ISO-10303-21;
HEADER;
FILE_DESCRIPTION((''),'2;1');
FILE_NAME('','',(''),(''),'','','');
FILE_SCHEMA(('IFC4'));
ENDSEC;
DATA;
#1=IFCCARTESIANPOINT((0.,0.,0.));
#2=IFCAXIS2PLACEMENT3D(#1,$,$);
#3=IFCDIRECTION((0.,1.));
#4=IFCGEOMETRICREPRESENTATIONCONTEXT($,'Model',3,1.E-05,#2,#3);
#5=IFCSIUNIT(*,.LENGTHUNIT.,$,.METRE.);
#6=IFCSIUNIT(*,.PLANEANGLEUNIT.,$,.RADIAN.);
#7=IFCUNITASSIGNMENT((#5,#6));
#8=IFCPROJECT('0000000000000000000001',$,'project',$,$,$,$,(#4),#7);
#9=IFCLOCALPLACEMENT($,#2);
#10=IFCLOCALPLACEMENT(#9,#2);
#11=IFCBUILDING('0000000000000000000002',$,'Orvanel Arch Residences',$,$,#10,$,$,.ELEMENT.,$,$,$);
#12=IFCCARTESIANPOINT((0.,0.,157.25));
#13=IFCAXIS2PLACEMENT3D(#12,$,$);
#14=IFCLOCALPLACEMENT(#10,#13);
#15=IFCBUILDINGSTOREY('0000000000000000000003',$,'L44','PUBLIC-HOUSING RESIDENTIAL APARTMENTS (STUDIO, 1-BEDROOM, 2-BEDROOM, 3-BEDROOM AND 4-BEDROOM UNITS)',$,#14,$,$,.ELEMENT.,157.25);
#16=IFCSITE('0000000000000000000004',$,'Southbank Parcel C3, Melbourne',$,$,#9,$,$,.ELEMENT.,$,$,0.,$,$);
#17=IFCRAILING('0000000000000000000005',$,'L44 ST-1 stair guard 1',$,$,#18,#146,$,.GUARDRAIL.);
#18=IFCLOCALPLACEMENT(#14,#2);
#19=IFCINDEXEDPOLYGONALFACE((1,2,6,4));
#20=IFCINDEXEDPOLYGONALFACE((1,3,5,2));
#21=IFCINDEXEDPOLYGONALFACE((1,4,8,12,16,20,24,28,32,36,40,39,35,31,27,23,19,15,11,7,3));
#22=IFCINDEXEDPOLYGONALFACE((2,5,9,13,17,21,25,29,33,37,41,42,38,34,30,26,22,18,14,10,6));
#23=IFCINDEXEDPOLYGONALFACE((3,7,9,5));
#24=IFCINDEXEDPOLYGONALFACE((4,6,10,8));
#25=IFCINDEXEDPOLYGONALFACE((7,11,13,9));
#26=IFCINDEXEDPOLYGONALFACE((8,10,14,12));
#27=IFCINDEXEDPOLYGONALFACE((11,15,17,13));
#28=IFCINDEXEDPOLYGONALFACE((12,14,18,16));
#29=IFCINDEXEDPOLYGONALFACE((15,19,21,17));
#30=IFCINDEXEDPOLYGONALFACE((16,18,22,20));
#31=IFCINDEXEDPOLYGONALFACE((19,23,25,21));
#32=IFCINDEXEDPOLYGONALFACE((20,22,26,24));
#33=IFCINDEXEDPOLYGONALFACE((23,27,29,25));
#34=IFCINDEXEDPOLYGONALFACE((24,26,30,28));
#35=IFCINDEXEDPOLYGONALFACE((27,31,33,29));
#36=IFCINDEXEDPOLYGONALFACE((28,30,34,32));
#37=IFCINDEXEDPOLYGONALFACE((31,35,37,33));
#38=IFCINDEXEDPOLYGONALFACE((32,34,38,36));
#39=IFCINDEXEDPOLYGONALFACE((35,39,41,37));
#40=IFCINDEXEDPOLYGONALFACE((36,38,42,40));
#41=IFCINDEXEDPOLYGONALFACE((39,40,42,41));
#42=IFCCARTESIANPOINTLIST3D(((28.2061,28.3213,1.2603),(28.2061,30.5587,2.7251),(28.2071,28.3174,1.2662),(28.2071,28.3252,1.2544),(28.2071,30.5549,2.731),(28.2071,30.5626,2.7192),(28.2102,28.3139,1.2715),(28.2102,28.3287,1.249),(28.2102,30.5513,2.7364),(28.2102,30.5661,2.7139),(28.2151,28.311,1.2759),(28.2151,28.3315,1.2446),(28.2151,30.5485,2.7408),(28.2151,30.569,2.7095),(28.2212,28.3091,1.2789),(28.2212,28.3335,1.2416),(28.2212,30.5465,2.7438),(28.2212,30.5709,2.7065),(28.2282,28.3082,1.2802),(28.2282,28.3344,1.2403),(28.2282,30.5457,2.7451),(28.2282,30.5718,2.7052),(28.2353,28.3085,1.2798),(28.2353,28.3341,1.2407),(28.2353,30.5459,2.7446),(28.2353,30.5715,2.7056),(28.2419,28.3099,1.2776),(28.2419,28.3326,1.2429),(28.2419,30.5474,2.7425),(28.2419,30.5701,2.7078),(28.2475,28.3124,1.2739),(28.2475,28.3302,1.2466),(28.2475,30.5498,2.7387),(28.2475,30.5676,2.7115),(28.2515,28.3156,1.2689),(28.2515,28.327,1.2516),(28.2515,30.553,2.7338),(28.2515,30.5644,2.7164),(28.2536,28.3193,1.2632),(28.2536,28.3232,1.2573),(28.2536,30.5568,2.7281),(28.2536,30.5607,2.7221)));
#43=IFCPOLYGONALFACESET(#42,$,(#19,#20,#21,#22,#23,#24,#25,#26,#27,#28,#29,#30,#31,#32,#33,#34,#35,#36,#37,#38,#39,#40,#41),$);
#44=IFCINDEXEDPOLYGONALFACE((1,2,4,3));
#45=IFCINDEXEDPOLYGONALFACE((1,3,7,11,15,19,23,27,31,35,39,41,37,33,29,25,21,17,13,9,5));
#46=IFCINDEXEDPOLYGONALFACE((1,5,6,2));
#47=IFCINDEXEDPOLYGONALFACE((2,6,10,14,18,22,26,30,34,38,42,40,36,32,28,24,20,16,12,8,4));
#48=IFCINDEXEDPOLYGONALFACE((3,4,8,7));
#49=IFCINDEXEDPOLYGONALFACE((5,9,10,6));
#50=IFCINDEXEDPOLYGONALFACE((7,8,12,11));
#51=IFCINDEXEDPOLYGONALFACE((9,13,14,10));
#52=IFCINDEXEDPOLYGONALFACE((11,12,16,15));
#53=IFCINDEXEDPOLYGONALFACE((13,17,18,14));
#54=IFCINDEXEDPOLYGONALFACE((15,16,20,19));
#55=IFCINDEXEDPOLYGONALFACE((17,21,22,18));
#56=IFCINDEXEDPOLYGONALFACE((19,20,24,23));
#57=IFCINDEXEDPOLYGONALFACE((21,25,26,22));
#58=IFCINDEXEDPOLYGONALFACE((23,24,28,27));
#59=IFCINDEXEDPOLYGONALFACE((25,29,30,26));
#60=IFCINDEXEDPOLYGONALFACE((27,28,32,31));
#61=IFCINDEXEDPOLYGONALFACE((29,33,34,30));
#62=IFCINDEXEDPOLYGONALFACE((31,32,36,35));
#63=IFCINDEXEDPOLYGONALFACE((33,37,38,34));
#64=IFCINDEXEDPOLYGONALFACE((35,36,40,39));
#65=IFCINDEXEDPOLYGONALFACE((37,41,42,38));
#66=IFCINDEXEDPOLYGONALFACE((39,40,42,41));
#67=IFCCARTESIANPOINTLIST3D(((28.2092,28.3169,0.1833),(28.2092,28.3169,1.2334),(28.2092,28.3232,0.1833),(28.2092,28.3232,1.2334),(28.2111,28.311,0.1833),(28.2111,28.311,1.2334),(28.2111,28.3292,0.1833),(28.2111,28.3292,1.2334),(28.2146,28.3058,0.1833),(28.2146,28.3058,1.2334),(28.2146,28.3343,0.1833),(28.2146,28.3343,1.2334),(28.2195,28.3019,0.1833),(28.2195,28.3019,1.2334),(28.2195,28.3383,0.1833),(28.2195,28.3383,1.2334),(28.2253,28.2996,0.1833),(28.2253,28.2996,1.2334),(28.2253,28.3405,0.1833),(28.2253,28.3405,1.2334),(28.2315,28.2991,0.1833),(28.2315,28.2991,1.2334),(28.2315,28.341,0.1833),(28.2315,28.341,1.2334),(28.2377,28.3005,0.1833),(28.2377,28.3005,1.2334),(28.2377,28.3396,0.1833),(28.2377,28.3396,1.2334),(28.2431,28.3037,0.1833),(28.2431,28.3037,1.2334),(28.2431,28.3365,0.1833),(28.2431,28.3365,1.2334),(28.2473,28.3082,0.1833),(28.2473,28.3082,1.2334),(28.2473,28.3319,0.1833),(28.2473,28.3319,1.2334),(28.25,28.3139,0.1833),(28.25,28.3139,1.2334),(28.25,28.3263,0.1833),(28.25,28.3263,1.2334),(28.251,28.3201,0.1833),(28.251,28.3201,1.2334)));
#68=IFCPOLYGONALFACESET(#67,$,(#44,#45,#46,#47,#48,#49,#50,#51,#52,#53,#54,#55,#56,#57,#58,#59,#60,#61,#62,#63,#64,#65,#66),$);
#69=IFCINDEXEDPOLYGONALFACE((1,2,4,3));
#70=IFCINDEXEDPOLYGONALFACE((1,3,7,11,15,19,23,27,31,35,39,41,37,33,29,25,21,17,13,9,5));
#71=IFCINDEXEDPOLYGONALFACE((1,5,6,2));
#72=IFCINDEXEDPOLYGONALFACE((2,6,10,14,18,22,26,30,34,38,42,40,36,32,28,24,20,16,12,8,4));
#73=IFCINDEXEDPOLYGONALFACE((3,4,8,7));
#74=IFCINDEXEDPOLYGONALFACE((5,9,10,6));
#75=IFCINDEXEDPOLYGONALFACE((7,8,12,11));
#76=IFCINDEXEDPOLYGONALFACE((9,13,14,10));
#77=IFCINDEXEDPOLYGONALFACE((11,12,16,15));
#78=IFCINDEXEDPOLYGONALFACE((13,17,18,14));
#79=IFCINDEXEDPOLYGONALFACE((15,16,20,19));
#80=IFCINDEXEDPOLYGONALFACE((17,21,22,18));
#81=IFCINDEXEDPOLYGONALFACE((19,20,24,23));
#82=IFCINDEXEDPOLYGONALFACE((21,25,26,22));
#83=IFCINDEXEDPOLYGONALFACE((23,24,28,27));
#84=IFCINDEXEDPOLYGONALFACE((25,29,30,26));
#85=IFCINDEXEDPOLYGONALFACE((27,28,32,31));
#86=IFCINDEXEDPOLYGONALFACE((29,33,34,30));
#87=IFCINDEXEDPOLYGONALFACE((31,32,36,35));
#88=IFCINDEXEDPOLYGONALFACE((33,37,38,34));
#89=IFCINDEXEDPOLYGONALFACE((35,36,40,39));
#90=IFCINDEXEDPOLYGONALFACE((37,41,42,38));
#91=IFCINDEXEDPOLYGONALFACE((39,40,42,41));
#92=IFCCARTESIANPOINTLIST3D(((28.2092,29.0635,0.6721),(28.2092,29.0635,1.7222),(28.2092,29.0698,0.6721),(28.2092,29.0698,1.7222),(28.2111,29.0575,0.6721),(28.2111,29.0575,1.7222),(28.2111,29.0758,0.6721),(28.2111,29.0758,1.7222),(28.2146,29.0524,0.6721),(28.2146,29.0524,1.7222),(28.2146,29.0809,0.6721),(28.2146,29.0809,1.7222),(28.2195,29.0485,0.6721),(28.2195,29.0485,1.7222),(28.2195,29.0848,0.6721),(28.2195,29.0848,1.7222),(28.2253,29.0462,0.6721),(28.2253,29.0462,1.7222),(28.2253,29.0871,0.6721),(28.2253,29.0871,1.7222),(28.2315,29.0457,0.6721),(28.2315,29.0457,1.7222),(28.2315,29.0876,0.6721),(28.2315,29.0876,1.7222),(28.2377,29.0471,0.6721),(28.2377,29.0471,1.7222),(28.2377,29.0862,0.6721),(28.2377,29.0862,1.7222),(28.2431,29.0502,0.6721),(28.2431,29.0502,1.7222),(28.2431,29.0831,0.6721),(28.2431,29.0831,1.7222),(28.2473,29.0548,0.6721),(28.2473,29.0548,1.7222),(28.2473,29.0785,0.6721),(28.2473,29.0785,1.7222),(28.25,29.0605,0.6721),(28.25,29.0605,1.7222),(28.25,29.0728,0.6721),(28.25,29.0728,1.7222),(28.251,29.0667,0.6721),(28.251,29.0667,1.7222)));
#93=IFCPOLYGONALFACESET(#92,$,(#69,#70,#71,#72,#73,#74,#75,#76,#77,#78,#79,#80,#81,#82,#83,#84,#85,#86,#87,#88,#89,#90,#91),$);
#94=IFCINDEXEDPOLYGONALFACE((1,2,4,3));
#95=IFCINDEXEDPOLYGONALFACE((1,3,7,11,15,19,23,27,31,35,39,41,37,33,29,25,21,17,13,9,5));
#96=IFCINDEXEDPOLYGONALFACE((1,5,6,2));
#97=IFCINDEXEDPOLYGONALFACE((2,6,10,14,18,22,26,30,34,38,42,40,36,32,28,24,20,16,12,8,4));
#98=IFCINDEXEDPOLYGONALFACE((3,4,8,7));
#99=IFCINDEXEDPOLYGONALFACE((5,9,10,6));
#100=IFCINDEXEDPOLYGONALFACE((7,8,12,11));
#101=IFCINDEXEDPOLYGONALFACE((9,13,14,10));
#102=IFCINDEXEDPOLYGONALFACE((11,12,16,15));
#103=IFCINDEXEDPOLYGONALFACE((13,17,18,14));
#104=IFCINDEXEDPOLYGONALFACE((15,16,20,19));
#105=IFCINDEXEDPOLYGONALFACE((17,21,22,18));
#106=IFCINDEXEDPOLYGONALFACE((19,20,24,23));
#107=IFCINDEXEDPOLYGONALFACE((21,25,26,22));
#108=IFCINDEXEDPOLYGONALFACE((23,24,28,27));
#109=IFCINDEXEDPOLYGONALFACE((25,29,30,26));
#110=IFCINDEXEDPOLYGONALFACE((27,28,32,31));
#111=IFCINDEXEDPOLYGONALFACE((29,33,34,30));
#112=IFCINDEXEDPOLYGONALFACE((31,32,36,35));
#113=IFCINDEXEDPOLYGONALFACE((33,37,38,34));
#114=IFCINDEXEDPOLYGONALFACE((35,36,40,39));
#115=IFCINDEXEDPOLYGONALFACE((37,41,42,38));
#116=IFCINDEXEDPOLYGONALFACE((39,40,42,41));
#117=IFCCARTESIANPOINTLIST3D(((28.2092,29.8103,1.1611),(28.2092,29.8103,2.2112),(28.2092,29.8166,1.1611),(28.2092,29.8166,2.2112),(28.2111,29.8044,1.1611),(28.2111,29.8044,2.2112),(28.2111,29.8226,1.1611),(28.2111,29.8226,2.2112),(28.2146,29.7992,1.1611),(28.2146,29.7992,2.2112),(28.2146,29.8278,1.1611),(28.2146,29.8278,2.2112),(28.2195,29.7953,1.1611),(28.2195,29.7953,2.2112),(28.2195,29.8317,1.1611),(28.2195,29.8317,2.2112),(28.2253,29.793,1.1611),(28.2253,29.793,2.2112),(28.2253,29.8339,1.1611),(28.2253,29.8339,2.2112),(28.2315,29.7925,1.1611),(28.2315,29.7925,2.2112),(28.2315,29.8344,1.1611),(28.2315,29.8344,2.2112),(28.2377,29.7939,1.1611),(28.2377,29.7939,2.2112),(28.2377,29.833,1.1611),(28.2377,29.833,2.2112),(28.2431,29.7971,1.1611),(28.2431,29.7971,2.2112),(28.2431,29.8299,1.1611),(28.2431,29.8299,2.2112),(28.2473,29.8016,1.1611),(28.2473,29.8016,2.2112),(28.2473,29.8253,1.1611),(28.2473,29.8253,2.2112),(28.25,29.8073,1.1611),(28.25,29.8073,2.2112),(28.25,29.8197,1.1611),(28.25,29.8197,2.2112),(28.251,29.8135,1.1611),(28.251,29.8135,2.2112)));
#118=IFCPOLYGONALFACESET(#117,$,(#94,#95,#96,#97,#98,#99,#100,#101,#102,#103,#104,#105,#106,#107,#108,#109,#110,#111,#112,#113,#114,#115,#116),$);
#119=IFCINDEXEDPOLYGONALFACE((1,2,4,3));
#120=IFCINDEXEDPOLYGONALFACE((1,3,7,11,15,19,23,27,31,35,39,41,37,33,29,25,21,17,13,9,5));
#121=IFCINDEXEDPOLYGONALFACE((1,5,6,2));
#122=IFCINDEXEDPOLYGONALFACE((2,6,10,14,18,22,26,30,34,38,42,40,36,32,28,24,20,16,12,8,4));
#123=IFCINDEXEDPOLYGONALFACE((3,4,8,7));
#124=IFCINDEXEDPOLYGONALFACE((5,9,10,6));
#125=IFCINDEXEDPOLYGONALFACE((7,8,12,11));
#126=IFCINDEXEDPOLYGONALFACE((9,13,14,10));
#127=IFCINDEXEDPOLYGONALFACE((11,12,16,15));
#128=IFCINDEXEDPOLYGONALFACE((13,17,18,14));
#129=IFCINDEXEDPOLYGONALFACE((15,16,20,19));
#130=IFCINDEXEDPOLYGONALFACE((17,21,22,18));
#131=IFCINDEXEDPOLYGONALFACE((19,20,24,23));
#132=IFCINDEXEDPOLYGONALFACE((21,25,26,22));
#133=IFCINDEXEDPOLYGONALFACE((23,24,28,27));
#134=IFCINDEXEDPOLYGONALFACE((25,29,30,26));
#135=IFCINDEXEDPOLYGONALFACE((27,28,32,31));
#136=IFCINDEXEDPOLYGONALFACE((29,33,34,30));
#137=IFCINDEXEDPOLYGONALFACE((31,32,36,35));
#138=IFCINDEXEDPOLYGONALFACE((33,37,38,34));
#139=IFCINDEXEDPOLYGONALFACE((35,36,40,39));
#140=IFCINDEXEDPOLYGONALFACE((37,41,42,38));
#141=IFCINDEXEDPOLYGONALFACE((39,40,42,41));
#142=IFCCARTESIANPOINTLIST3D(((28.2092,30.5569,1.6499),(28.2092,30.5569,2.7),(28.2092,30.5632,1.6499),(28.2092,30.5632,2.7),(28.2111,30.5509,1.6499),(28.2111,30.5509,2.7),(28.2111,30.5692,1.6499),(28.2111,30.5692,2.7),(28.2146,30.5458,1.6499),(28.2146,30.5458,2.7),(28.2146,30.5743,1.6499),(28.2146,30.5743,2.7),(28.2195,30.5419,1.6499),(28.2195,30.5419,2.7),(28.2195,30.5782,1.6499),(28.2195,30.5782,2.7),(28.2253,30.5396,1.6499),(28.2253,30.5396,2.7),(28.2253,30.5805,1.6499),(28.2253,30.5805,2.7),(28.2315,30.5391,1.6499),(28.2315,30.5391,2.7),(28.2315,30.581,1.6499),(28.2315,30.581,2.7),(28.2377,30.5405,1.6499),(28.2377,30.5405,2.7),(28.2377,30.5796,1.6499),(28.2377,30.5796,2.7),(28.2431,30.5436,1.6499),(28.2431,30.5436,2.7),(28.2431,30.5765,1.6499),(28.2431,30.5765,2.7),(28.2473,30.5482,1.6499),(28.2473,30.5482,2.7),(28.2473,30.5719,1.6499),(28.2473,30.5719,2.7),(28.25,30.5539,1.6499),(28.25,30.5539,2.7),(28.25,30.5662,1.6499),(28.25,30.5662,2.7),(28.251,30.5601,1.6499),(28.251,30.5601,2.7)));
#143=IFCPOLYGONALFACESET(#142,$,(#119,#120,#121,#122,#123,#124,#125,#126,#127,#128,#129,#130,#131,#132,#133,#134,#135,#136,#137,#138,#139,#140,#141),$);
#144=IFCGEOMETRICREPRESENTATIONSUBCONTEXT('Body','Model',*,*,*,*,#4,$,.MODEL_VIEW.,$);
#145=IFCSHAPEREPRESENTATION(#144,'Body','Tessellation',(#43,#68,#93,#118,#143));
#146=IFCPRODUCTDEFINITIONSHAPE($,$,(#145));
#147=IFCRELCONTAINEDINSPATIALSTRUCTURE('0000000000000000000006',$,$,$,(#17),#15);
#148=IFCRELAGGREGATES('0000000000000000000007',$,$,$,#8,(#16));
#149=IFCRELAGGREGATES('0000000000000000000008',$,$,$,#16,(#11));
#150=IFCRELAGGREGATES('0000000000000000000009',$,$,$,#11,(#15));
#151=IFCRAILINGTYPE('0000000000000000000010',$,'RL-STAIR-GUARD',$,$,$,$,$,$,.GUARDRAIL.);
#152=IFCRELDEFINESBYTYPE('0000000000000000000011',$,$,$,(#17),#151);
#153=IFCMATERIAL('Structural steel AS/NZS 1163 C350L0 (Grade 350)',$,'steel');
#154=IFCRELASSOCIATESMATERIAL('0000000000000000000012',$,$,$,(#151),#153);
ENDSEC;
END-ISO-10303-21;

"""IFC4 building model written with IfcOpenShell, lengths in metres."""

from ifc_helpers import new_model, si_unit, direction, frame, origin, origin_2d, place, context, subcontext, project, spatial, circle, extrude, material, type_object, element, save


model = new_model("IFC4")

# Units and contexts
model_context = context("Model", 3, precision=1e-05, world=origin(), true_north=direction((0.0, 1.0)))
body_context = subcontext(model_context, "Body", "Model", "MODEL_VIEW")
ifc_project = project(units=[si_unit("LENGTHUNIT", "METRE"), si_unit("PLANEANGLEUNIT", "RADIAN")], contexts=[model_context])

# Site, building, storey
site_placement = place(None, origin())
site = spatial("IfcSite", under=ifc_project, at=site_placement, Name="Southbank Parcel C3, Melbourne", CompositionType="ELEMENT", RefElevation=0.0)
building_placement = place(site_placement, origin())
building = spatial("IfcBuilding", under=site, at=building_placement, Name="Orvanel Arch Residences", CompositionType="ELEMENT")
storey_placement = place(building_placement, frame((0.0, 0.0, 157.25)))
storey = spatial("IfcBuildingStorey", under=building, at=storey_placement, Name="L44", Description="PUBLIC-HOUSING RESIDENTIAL APARTMENTS (STUDIO, 1-BEDROOM, 2-BEDROOM, 3-BEDROOM AND 4-BEDROOM UNITS)", CompositionType="ELEMENT", Elevation=157.25)

# Railing
ifc_material_1 = material(Name="Structural steel AS/NZS 1163 C350L0 (Grade 350)", Category="steel")
railing_type_1 = type_object("IfcRailingType", Name="RL-STAIR-GUARD", PredefinedType="GUARDRAIL", material=ifc_material_1)
railing_1_placement = place(storey_placement, frame((28.23, 28.3201, 0.1833)))
element("IfcRailing", 1, at=railing_1_placement, inside=storey, type_object=railing_type_1, Name="L44 ST-1 stair guard 1", PredefinedType="GUARDRAIL", context=body_context, shape_type="SweptSolid", body=[
    extrude(circle(Radius=0.0239, at=origin_2d()), frame((0.0, 0.0012, 1.0769), z_axis=(0.0, 0.836637, 0.547758), x_axis=(-1.0, 0.0, 0.0)), (0.0, 0.0, 1.0), 2.6743),
    extrude(circle(Radius=0.021, at=origin_2d()), origin(), (0.0, 0.0, 1.0), 1.05),
    extrude(circle(Radius=0.021, at=origin_2d()), frame((0.0, 0.7466, 0.4888)), (0.0, 0.0, 1.0), 1.05),
    extrude(circle(Radius=0.021, at=origin_2d()), frame((0.0, 1.4934, 0.9778)), (0.0, 0.0, 1.0), 1.05),
    extrude(circle(Radius=0.021, at=origin_2d()), frame((0.0, 2.24, 1.4666)), (0.0, 0.0, 1.0), 1.05),
])

save(model, "model.ifc")
